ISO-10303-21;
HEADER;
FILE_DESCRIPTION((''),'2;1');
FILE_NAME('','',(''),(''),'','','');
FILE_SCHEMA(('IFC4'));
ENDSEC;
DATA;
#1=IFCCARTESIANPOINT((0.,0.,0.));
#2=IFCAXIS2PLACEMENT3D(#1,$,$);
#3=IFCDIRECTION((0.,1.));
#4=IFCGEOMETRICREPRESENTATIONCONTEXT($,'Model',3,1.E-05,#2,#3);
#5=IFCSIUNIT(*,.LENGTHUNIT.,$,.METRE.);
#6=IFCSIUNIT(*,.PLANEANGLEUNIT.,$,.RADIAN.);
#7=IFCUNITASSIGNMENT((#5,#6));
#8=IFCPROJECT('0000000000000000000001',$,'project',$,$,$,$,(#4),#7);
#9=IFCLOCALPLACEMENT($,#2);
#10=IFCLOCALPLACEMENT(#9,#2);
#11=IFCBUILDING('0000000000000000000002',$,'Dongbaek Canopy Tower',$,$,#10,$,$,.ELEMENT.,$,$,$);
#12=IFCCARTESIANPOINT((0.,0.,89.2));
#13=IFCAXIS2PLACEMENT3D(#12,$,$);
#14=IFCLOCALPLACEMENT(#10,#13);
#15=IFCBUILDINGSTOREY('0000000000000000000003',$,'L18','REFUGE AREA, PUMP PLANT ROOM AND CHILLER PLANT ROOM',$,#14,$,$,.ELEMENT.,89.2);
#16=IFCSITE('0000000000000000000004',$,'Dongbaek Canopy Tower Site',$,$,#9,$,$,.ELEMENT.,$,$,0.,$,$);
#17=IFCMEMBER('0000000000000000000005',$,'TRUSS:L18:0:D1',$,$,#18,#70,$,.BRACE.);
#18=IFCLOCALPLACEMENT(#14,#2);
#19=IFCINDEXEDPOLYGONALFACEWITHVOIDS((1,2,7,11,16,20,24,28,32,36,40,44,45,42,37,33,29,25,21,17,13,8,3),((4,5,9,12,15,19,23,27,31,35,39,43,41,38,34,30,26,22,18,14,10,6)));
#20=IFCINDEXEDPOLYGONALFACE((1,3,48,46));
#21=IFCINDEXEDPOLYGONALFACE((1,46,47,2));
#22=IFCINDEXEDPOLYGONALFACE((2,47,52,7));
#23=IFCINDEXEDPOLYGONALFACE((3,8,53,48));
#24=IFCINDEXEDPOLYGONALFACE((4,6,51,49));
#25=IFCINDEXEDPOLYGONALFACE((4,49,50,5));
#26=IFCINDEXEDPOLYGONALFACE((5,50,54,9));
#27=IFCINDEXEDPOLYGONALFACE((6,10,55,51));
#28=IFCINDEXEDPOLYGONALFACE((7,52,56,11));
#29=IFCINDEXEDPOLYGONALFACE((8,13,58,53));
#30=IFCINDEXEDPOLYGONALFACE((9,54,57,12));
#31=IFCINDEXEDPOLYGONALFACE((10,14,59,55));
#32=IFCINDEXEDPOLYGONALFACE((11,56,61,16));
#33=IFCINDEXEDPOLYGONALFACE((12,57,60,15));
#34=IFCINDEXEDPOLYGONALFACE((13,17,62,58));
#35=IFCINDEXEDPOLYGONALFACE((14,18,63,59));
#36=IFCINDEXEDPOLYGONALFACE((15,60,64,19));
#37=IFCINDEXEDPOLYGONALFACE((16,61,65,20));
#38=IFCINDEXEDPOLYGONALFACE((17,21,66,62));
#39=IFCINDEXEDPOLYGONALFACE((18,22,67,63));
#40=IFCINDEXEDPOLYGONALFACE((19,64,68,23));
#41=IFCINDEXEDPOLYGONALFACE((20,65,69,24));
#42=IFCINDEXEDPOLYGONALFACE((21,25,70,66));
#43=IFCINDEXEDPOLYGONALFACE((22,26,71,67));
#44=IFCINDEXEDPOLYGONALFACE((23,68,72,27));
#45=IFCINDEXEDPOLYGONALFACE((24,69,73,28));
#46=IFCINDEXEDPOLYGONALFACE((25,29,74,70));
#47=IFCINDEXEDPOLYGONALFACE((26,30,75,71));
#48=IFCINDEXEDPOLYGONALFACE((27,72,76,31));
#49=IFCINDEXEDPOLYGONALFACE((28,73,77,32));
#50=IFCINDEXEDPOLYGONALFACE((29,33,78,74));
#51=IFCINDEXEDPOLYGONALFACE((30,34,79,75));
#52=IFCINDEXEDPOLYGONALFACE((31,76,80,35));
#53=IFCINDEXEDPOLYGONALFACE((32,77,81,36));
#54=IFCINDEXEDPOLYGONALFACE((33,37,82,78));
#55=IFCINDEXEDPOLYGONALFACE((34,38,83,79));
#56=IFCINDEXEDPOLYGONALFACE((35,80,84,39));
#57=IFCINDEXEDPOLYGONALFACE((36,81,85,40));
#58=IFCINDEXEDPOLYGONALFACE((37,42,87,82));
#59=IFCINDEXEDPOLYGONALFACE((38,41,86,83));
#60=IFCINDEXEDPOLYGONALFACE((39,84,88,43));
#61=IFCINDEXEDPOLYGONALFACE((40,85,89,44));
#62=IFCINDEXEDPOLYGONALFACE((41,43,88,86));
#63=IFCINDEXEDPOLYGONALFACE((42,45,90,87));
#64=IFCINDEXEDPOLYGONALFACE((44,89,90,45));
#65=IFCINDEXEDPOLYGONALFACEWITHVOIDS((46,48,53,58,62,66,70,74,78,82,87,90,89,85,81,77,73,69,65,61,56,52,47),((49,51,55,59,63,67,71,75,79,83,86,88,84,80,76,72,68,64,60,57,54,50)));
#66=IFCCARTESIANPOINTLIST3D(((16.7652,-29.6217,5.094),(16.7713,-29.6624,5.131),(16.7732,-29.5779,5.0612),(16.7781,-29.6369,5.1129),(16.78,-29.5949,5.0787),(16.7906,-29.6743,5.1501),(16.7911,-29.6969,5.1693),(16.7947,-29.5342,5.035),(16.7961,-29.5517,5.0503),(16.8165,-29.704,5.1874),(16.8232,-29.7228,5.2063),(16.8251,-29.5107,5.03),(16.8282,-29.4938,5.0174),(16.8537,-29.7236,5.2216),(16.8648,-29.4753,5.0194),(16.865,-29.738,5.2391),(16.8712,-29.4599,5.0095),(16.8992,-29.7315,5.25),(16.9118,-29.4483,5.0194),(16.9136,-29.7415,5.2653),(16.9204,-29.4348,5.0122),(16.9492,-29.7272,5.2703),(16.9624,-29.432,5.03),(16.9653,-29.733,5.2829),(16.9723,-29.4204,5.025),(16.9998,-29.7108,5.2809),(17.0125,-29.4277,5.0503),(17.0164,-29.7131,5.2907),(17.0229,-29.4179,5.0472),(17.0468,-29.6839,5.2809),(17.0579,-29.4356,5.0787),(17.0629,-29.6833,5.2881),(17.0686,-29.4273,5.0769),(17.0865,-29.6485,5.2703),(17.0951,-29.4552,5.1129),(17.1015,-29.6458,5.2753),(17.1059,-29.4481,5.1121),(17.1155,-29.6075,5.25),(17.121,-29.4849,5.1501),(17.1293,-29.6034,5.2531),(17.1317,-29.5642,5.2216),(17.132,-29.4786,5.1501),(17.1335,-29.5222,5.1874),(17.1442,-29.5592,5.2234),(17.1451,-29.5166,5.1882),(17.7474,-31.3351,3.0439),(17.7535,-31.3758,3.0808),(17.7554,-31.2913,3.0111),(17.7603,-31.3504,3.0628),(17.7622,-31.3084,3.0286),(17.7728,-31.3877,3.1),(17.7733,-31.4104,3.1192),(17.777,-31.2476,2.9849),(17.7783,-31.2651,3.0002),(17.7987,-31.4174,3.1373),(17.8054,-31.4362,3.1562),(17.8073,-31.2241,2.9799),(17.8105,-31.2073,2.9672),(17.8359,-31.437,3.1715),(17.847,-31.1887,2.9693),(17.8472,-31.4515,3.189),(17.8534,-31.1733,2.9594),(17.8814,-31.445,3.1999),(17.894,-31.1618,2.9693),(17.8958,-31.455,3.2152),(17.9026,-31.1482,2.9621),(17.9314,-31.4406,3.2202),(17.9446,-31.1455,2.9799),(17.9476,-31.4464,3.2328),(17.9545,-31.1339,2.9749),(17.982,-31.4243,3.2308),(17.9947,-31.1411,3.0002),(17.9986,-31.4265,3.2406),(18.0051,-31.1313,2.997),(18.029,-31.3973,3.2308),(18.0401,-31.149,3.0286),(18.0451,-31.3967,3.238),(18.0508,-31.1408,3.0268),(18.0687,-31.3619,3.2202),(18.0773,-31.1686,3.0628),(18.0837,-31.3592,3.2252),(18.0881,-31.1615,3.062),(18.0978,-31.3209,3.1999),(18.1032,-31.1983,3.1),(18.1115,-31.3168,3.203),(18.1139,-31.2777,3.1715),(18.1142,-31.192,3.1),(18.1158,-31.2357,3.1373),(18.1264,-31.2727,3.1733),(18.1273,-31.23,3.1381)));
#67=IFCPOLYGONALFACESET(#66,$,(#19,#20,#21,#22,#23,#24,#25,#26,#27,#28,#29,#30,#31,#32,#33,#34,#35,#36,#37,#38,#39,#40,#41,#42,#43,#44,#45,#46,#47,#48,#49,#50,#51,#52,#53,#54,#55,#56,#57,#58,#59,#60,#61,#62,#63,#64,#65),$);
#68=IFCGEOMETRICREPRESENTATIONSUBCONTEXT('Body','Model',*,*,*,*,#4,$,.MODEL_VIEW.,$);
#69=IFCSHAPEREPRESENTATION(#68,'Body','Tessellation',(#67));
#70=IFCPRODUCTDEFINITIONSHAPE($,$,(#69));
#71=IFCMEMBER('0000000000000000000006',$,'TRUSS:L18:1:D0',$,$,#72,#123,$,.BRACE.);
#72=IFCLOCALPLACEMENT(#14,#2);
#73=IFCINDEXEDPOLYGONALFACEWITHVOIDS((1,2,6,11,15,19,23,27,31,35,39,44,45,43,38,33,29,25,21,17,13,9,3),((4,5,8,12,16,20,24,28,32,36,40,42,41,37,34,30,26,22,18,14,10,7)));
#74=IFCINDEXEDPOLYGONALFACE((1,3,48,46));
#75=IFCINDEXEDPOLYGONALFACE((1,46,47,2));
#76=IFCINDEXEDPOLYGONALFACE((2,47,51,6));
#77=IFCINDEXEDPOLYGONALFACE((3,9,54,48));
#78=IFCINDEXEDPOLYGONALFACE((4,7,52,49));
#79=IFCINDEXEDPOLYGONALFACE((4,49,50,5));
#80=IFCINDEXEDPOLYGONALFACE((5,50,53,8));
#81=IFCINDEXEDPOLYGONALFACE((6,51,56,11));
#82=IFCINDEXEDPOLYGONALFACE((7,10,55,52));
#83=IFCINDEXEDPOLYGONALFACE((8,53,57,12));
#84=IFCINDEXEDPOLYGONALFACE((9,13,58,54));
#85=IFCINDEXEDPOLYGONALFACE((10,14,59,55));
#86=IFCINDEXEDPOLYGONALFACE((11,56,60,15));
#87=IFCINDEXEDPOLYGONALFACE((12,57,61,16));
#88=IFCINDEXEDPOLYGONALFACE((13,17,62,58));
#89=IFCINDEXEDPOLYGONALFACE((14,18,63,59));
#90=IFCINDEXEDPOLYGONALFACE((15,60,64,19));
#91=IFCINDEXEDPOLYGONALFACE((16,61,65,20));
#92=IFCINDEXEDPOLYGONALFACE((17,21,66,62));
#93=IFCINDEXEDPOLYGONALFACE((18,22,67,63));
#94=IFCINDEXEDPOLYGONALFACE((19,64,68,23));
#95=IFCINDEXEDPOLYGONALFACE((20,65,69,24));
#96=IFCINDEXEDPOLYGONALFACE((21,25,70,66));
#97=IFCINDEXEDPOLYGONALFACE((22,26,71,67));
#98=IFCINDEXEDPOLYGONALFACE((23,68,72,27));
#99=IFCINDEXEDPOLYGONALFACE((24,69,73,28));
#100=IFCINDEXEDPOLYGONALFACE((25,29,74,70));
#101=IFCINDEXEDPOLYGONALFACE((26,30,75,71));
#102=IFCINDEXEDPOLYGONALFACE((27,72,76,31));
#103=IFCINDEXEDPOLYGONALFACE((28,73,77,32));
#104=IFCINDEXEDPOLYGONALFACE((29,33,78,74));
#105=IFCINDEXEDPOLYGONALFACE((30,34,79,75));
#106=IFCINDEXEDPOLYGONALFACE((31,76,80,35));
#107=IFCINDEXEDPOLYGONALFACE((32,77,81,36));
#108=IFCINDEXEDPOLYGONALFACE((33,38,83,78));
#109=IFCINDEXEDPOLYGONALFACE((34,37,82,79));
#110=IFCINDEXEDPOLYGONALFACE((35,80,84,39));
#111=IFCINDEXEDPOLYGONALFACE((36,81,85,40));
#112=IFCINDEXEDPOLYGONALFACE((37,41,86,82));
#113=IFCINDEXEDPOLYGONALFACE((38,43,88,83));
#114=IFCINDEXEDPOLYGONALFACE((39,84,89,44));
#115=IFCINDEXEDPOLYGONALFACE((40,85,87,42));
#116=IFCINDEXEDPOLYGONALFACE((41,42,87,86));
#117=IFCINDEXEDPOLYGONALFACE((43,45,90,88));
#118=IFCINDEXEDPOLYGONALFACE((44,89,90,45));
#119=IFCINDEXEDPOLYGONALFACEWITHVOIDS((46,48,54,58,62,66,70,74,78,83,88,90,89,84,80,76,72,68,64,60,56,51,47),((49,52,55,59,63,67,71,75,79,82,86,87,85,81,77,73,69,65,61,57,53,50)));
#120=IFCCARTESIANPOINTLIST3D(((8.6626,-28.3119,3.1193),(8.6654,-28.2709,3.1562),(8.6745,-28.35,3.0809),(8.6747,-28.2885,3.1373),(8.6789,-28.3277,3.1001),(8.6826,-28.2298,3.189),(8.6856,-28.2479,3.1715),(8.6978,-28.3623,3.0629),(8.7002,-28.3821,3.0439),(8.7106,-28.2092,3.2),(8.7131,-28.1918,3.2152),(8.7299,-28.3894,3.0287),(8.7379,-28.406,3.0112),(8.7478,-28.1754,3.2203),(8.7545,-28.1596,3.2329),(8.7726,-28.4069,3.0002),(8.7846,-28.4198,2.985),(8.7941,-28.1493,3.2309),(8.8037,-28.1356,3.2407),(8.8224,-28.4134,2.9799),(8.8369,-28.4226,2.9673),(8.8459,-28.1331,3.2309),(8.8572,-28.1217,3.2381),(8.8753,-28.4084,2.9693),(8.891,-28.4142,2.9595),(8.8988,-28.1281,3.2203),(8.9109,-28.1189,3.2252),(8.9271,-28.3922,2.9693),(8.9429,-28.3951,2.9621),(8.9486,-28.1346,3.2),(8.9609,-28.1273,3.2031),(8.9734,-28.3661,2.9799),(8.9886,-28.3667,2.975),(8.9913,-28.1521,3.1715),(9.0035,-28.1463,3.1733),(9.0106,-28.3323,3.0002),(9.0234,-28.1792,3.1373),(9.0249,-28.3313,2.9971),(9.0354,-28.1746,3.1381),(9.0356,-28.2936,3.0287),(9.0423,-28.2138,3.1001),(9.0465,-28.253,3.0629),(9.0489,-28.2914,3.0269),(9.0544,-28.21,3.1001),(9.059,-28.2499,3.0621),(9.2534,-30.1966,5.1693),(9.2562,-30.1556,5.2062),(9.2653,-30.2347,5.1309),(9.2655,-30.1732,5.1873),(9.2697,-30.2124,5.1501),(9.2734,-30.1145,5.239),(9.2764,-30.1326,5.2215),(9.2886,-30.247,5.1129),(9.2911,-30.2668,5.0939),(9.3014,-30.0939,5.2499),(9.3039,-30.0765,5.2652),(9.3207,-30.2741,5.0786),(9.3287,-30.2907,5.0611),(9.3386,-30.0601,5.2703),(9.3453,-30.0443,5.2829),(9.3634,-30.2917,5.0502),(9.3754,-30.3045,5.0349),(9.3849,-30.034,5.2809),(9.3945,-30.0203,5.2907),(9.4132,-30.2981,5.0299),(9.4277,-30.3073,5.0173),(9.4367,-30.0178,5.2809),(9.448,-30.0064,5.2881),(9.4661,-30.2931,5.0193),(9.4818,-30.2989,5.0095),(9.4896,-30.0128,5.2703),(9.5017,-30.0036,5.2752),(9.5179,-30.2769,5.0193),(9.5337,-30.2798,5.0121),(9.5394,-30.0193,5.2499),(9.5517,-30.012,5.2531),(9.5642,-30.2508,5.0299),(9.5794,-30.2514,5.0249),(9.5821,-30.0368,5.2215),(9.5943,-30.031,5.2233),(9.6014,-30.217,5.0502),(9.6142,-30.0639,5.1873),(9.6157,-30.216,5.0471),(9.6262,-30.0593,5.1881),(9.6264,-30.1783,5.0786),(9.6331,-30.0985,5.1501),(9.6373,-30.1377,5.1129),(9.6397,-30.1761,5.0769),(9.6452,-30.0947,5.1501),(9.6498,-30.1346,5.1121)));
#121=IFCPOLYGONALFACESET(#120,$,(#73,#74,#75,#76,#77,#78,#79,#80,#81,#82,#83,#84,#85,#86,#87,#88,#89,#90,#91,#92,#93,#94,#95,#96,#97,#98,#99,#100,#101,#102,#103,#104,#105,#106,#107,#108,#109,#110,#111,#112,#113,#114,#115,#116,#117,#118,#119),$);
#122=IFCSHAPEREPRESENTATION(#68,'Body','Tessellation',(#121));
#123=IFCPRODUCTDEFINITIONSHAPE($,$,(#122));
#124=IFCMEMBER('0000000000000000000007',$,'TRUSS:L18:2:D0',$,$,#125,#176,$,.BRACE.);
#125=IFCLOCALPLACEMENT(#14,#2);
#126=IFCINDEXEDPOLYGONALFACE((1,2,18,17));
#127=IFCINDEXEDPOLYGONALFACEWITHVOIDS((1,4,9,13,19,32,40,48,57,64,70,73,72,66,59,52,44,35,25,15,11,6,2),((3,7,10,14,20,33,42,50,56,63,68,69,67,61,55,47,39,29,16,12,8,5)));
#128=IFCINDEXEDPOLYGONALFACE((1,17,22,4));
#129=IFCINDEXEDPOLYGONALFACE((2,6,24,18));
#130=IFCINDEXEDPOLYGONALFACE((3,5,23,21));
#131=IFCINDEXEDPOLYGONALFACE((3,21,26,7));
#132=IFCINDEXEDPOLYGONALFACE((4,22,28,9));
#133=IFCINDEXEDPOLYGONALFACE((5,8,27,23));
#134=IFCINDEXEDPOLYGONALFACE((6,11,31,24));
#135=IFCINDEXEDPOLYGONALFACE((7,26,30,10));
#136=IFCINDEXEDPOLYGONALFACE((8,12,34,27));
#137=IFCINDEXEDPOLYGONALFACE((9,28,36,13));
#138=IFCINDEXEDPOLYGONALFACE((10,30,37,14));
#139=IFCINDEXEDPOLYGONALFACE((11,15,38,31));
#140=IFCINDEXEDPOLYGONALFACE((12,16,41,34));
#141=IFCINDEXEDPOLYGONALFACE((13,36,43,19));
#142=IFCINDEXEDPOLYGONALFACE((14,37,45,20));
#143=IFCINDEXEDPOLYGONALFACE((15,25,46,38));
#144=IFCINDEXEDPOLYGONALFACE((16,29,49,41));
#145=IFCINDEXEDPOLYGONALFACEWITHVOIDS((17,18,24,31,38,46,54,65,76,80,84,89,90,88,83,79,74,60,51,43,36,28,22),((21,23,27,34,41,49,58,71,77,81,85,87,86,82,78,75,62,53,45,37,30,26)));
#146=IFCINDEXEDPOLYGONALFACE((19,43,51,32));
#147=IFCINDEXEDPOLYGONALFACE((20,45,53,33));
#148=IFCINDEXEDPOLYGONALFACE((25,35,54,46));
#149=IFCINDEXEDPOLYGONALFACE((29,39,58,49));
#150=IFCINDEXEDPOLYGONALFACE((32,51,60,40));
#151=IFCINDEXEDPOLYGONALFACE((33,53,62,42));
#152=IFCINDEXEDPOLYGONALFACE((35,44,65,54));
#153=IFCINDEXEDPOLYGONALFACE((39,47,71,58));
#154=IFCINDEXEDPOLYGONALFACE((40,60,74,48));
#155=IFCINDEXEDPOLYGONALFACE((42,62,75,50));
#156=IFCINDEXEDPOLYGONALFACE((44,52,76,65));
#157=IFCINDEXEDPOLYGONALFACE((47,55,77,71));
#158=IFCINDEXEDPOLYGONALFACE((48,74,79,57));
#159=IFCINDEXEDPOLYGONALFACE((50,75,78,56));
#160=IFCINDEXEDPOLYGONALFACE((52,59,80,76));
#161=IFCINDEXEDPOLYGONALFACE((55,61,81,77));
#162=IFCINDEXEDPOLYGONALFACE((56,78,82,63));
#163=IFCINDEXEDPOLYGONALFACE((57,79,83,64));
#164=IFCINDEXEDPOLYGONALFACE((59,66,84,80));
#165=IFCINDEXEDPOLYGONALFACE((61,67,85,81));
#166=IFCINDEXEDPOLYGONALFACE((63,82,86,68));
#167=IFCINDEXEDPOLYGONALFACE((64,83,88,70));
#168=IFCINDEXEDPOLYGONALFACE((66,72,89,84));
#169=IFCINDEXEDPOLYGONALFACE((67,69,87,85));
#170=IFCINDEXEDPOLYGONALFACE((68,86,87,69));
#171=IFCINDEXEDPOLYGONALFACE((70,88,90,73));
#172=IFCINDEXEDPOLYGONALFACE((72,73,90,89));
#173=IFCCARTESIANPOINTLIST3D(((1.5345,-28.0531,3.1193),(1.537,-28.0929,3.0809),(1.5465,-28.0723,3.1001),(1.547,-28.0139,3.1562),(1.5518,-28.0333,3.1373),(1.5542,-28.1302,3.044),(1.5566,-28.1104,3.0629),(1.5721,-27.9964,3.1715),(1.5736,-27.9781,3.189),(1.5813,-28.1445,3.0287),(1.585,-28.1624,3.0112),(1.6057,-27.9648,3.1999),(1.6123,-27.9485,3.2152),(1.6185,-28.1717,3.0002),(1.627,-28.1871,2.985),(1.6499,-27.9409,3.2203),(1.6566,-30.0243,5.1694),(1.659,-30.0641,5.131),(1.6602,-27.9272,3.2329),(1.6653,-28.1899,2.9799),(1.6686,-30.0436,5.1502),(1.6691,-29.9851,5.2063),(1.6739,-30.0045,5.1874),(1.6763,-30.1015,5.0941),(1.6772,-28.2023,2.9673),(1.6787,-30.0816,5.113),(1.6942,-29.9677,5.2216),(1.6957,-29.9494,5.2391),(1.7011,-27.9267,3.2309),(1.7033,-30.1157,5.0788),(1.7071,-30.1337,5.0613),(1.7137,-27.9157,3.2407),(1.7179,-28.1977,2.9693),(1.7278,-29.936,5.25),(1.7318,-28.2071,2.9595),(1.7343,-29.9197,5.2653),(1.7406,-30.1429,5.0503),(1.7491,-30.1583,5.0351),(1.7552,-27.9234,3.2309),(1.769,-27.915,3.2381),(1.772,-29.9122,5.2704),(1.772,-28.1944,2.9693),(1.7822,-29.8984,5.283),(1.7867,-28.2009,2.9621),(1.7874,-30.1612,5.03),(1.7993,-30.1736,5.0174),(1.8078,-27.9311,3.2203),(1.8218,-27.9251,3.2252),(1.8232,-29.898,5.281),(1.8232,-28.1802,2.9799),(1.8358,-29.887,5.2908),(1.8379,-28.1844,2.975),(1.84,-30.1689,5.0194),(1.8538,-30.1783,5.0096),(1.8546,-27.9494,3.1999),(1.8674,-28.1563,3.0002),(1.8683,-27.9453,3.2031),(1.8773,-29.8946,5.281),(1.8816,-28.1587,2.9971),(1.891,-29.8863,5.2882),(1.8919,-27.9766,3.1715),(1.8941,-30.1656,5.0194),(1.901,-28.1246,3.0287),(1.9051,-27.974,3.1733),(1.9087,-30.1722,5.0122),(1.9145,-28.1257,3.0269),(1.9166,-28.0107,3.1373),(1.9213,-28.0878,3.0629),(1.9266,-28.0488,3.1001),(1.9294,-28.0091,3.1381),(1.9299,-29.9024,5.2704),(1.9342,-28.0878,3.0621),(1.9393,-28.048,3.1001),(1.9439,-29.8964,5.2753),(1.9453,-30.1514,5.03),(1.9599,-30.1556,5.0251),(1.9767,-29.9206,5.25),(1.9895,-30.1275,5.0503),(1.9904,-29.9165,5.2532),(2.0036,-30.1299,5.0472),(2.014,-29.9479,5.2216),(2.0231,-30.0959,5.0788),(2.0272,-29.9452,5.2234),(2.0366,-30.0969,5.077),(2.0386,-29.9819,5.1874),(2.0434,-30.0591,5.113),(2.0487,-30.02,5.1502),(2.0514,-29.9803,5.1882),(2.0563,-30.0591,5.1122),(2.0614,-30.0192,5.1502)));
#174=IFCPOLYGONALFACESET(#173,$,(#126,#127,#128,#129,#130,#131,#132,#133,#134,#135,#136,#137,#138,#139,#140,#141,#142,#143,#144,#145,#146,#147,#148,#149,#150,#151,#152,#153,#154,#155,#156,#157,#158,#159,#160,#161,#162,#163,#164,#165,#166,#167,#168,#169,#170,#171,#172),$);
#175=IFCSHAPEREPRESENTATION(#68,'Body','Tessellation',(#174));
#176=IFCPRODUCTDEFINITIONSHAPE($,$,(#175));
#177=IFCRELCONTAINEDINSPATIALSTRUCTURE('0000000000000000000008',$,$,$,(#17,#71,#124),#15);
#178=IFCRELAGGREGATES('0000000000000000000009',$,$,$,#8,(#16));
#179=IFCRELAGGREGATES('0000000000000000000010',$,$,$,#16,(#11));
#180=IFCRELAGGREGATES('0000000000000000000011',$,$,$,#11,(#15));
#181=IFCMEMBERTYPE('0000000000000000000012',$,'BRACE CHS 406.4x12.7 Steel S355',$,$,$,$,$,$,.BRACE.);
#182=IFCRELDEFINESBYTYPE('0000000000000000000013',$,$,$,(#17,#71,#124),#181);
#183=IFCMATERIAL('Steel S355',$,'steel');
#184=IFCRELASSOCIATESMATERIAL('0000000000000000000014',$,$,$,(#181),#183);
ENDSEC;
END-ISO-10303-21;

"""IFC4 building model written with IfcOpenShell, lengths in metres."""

from ifc_helpers import new_model, si_unit, direction, frame, origin, origin_2d, place, context, subcontext, project, spatial, hollow_circle, extrude, material, material_profile, profile_set, type_object, element, save


model = new_model("IFC4")

# Units and contexts
model_context = context("Model", 3, precision=1e-05, world=origin(), true_north=direction((0.0, 1.0)))
body_context = subcontext(model_context, "Body", "Model", "MODEL_VIEW")
ifc_project = project(units=[si_unit("LENGTHUNIT", "METRE"), si_unit("PLANEANGLEUNIT", "RADIAN")], contexts=[model_context])

# Site, building, storey
site_placement = place(None, origin())
site = spatial("IfcSite", under=ifc_project, at=site_placement, Name="Dongbaek Canopy Tower Site", CompositionType="ELEMENT", RefElevation=0.0)
building_placement = place(site_placement, origin())
building = spatial("IfcBuilding", under=site, at=building_placement, Name="Dongbaek Canopy Tower", CompositionType="ELEMENT")
storey_placement = place(building_placement, frame((0.0, 0.0, 89.2)))
storey = spatial("IfcBuildingStorey", under=building, at=storey_placement, Name="L18", Description="REFUGE AREA, PUMP PLANT ROOM AND CHILLER PLANT ROOM", CompositionType="ELEMENT", Elevation=89.2)

# Members
ifc_material_1 = material(Name="Steel S355", Category="steel")
ifc_material_profile_1 = material_profile(ifc_material_1, hollow_circle(Radius=0.2031, WallThickness=0.0127, at=origin_2d()), Name="BRACE CHS 406.4x12.7 Steel S355")
ifc_profile_set_1 = profile_set([ifc_material_profile_1], Name="Steel S355")
member_type_1 = type_object("IfcMemberType", Name="BRACE CHS 406.4x12.7 Steel S355", PredefinedType="BRACE", material=ifc_profile_set_1)
for number, where, z_axis, x_axis, name in (
    (1, (16.9558, -29.5796, 5.1501), (0.345037, -0.601907, -0.720179), (0.867565, 0.497323, 0.0), "TRUSS:L18:0:D1"),
    (2, (8.8606, -28.2708, 3.1001), (0.20754, -0.662071, 0.720131), (0.954216, 0.299119, 0.0), "TRUSS:L18:1:D0"),
    (3, (1.7366, -28.0605, 3.1001), (0.042883, -0.692469, 0.720172), (0.998088, 0.061809, 0.0), "TRUSS:L18:2:D0"),
):
    element("IfcMember", number, at=place(storey_placement, frame(where, z_axis=z_axis, x_axis=x_axis)), inside=storey, type_object=member_type_1, Name=name, PredefinedType="BRACE", context=body_context, shape_type="SweptSolid", body=[
        extrude(hollow_circle(Radius=0.2031, WallThickness=0.0127, at=origin_2d()), origin(), (0.0, 0.0, 1.0), 2.8467),
    ])

save(model, "model.ifc")
